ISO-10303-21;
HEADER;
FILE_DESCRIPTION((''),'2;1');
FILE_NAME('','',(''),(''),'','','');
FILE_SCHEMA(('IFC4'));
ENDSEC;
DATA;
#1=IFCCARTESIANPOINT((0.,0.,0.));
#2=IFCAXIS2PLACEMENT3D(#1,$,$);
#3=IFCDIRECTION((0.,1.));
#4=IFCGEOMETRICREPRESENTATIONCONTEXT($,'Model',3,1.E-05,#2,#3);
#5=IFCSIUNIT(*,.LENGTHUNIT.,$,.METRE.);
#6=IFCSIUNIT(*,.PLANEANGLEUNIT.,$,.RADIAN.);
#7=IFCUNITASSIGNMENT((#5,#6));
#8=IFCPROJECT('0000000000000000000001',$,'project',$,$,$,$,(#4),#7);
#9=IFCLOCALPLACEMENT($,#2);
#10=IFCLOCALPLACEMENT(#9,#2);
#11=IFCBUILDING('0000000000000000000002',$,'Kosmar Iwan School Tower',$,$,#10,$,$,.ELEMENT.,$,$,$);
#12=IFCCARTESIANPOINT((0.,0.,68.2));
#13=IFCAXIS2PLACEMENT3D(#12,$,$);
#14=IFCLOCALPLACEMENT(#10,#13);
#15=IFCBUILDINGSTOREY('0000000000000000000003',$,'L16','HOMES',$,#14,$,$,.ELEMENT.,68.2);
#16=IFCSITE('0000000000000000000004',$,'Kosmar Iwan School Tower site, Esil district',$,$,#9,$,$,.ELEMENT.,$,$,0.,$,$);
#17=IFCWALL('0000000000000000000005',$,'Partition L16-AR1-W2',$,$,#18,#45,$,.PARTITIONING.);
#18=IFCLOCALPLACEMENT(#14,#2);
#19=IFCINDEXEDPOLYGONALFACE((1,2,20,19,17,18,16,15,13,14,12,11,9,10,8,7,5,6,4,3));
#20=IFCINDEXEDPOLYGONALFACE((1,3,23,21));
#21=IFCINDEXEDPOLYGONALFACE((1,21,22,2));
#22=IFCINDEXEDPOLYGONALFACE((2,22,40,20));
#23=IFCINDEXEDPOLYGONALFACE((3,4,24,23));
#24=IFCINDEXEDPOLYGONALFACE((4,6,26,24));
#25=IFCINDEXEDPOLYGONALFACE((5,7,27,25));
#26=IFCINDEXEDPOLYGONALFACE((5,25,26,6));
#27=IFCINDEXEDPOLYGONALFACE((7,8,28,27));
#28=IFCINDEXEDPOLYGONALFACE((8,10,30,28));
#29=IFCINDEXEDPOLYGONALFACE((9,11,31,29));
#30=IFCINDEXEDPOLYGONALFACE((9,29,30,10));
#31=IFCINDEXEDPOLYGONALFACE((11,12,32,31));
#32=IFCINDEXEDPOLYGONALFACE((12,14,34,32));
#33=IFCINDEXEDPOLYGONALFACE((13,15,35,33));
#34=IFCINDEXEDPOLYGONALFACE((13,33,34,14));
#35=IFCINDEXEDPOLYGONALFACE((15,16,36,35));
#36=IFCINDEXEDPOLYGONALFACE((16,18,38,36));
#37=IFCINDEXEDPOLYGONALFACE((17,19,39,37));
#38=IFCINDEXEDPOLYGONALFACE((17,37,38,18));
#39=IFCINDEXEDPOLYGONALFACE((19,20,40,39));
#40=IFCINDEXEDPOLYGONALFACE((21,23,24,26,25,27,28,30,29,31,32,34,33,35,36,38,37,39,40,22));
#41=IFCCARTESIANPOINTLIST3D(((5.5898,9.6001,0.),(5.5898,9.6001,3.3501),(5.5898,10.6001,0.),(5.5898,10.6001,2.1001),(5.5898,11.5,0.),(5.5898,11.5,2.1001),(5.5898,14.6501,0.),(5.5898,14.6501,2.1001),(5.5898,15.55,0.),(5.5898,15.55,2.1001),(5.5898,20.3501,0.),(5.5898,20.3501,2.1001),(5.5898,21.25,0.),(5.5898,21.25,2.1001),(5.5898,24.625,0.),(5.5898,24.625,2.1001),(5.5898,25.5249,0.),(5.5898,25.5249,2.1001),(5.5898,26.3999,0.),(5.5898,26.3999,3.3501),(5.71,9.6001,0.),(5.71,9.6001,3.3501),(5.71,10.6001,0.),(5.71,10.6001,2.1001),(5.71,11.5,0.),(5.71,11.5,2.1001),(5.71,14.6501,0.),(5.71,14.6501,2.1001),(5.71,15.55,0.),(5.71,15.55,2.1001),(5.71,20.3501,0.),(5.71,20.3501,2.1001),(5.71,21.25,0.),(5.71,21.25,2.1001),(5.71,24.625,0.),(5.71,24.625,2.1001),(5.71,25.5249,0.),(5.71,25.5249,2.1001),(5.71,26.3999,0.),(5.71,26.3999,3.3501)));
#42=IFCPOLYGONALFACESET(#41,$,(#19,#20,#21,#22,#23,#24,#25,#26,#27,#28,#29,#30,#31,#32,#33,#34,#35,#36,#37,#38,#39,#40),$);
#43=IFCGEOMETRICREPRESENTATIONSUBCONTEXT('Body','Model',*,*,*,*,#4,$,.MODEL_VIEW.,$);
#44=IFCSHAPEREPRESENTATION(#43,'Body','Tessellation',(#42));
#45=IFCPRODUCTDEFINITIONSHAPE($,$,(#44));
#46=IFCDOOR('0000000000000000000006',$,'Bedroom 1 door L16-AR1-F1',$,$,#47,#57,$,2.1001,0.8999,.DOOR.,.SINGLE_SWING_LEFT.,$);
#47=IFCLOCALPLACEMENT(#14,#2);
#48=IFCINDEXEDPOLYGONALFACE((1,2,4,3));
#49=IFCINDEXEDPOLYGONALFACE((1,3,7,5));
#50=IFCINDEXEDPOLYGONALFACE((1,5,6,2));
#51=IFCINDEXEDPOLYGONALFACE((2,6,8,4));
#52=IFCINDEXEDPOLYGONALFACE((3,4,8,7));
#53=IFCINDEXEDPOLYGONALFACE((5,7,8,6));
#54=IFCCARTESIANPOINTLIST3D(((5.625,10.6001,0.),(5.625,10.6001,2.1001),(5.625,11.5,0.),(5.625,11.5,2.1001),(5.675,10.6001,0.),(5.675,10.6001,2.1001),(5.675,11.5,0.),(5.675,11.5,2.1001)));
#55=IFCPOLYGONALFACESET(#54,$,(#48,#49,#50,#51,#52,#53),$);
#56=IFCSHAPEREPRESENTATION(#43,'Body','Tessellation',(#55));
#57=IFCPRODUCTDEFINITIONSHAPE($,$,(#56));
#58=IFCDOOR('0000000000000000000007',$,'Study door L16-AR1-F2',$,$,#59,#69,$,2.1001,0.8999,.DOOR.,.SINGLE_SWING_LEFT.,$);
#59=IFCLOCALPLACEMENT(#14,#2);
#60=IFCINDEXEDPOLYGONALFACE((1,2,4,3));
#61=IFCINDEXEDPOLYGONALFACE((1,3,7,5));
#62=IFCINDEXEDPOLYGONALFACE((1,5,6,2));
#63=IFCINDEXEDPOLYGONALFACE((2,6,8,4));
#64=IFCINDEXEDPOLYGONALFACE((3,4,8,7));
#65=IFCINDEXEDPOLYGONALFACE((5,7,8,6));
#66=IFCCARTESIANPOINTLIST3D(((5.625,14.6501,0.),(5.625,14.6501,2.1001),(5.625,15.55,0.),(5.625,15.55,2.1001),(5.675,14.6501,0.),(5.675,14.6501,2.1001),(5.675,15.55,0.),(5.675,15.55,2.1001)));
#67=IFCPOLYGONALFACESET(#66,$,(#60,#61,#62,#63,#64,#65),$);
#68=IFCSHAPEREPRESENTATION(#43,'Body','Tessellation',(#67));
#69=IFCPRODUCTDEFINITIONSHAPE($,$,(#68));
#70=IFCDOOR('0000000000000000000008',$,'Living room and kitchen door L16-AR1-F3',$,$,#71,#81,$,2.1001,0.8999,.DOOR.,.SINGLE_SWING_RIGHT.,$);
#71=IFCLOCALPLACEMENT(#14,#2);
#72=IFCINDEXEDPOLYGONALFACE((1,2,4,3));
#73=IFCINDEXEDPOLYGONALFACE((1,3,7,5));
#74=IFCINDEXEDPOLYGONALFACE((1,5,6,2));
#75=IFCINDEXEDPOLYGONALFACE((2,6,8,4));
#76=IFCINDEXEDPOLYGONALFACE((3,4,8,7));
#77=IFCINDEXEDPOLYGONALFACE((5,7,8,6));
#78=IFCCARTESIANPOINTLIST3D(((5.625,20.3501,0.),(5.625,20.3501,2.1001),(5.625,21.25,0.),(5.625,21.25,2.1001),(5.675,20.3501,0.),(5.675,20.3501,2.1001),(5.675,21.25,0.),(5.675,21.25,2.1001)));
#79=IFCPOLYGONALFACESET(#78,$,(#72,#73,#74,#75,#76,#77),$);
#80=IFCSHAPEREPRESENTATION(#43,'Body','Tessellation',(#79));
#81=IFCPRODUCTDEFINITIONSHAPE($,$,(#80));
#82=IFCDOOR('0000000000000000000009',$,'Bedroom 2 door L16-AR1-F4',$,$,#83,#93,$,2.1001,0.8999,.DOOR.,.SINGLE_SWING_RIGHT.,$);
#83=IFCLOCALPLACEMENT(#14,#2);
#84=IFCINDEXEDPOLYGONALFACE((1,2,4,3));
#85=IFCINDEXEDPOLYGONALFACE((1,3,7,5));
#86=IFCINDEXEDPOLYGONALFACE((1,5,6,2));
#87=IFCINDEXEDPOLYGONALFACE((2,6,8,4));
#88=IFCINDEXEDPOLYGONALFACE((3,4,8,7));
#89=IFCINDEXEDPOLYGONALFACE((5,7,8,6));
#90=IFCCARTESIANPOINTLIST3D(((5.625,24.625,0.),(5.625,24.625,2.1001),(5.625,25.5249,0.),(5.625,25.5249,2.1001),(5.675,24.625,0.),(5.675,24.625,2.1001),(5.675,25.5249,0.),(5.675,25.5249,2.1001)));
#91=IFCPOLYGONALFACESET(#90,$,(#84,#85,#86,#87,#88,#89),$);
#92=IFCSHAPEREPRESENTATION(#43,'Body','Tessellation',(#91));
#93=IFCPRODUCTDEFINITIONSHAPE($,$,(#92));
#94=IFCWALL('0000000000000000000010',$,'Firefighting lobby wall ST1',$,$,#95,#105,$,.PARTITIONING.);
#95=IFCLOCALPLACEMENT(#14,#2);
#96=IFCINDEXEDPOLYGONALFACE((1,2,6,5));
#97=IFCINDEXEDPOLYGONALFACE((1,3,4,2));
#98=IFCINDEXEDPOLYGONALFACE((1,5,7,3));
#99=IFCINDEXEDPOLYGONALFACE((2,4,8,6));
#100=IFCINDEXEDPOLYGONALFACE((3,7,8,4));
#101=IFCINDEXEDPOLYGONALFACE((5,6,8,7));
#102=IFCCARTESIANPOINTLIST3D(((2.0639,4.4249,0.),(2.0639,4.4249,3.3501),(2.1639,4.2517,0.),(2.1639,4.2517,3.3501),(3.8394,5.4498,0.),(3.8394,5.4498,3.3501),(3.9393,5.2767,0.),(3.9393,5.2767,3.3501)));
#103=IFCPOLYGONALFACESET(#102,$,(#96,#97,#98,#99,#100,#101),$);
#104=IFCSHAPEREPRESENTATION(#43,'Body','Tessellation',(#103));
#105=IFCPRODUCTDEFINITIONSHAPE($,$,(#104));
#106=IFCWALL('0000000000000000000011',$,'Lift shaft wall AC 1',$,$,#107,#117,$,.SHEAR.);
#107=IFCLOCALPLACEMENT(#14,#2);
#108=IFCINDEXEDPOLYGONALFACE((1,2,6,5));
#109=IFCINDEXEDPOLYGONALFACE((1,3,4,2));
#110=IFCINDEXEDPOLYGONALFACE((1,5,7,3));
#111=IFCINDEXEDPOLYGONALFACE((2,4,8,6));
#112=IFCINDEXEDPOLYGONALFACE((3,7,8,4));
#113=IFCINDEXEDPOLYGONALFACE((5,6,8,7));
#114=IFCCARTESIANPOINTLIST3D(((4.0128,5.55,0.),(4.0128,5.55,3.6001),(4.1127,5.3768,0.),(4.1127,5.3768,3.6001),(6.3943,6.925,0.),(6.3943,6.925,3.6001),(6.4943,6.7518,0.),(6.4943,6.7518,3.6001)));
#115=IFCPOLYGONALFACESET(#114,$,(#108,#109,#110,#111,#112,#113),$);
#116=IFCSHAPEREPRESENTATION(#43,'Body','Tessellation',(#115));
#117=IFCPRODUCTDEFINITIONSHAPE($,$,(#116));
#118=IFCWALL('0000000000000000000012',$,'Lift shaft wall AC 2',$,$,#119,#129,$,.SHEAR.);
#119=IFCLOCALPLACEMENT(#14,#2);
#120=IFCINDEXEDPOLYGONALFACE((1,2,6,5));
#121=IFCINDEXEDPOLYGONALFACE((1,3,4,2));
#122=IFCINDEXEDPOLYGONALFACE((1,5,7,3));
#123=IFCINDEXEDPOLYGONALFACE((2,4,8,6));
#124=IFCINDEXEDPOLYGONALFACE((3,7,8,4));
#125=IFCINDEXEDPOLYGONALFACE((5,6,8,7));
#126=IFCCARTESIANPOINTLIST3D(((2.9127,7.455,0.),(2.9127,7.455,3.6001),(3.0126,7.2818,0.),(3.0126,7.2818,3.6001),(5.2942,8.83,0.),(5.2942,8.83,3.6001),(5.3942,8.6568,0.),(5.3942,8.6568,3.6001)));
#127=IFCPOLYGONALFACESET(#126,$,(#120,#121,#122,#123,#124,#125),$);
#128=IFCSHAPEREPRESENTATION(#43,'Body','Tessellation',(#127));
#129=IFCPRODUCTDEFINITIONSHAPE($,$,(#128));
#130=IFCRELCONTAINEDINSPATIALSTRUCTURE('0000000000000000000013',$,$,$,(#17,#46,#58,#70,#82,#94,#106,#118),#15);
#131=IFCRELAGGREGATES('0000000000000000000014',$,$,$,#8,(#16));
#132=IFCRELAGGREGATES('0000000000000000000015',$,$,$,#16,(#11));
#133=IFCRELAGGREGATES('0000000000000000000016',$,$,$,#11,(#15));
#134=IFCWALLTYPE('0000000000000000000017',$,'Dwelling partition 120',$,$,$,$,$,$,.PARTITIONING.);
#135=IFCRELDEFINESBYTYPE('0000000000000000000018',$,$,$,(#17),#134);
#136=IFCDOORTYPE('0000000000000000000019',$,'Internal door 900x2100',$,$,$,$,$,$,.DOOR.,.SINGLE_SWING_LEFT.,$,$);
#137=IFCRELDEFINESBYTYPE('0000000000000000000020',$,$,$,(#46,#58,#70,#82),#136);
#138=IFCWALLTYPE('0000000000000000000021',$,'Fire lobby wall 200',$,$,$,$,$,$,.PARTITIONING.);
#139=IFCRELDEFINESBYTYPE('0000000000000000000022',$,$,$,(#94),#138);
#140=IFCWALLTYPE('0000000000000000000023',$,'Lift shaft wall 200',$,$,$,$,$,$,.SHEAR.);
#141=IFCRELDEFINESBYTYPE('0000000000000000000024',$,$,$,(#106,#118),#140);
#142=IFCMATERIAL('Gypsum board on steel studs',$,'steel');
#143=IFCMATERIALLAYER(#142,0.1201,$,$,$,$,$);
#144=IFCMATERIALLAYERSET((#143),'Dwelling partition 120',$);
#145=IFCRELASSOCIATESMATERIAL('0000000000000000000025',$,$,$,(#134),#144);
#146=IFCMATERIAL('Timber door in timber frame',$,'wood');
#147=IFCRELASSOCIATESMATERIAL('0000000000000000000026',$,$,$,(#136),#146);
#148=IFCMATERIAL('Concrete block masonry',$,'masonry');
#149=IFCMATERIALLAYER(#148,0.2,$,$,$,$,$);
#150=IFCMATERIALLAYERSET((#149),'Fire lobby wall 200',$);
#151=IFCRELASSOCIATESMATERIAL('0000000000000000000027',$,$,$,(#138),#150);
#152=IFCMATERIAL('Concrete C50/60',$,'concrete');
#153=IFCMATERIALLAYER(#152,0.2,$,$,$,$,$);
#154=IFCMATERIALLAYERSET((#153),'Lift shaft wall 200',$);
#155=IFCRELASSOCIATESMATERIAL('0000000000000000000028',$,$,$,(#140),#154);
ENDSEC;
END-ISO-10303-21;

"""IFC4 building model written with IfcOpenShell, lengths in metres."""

from ifc_helpers import new_model, si_unit, direction, frame, frame_2d, origin, place, context, subcontext, project, spatial, rectangle, extrude, material, layer, layer_set, type_object, element, fill, save


model = new_model("IFC4")

# Units and contexts
model_context = context("Model", 3, precision=1e-05, world=origin(), true_north=direction((0.0, 1.0)))
body_context = subcontext(model_context, "Body", "Model", "MODEL_VIEW")
ifc_project = project(units=[si_unit("LENGTHUNIT", "METRE"), si_unit("PLANEANGLEUNIT", "RADIAN")], contexts=[model_context])

# Site, building, storey
site_placement = place(None, origin())
site = spatial("IfcSite", under=ifc_project, at=site_placement, Name="Kosmar Iwan School Tower site, Esil district", CompositionType="ELEMENT", RefElevation=0.0)
building_placement = place(site_placement, origin())
building = spatial("IfcBuilding", under=site, at=building_placement, Name="Kosmar Iwan School Tower", CompositionType="ELEMENT")
storey_placement = place(building_placement, frame((0.0, 0.0, 68.2)))
storey = spatial("IfcBuildingStorey", under=building, at=storey_placement, Name="L16", Description="HOMES", CompositionType="ELEMENT", Elevation=68.2)

# Wall, openings, doors
ifc_material_1 = material(Name="Gypsum board on steel studs", Category="steel")
ifc_layer_1 = layer(ifc_material_1, 0.1201)
ifc_layer_set_1 = layer_set([ifc_layer_1], Name="Dwelling partition 120")
wall_type_1 = type_object("IfcWallType", Name="Dwelling partition 120", PredefinedType="PARTITIONING", material=ifc_layer_set_1)
ifc_material_2 = material(Name="Timber door in timber frame", Category="wood")
door_type_1 = type_object("IfcDoorType", Name="Internal door 900x2100", OperationType="SINGLE_SWING_LEFT", PredefinedType="DOOR", material=ifc_material_2)
wall_1_placement = place(storey_placement, frame((5.6499, 9.6001, 0.0), z_axis=(0.0, 0.0, 1.0), x_axis=(0.0, 1.0, 0.0)))
wall_1 = element("IfcWall", 1, at=wall_1_placement, inside=storey, type_object=wall_type_1, Name="Partition L16-AR1-W2", PredefinedType="PARTITIONING", context=body_context, shape_type="SweptSolid", body=[
    extrude(rectangle(XDim=16.7998, YDim=0.1201, at=frame_2d((8.3999, 0.0))), origin(), (0.0, 0.0, 1.0), 3.3501),
])
opening_1_placement = place(wall_1_placement, frame((1.0, 0.0, 0.0)))
opening_1 = element("IfcOpeningElement", 2, at=opening_1_placement, cuts=wall_1, PredefinedType="OPENING", context=body_context, shape_type="SweptSolid", body=[
    extrude(rectangle(XDim=0.8999, YDim=2.1001, at=frame_2d((0.45, 1.05))), frame((0.0, 0.072, 0.0), z_axis=(0.0, -1.0, 0.0), x_axis=(1.0, 0.0, 0.0)), (0.0, 0.0, 1.0), 0.144),
])
opening_2_placement = place(wall_1_placement, frame((5.05, 0.0, 0.0)))
opening_2 = element("IfcOpeningElement", 3, at=opening_2_placement, cuts=wall_1, PredefinedType="OPENING", context=body_context, shape_type="SweptSolid", body=[
    extrude(rectangle(XDim=0.8999, YDim=2.1001, at=frame_2d((0.45, 1.05))), frame((0.0, 0.072, 0.0), z_axis=(0.0, -1.0, 0.0), x_axis=(1.0, 0.0, 0.0)), (0.0, 0.0, 1.0), 0.144),
])
opening_3_placement = place(wall_1_placement, frame((10.75, 0.0, 0.0)))
opening_3 = element("IfcOpeningElement", 4, at=opening_3_placement, cuts=wall_1, PredefinedType="OPENING", context=body_context, shape_type="SweptSolid", body=[
    extrude(rectangle(XDim=0.8999, YDim=2.1001, at=frame_2d((0.45, 1.05))), frame((0.0, 0.072, 0.0), z_axis=(0.0, -1.0, 0.0), x_axis=(1.0, 0.0, 0.0)), (0.0, 0.0, 1.0), 0.144),
])
opening_4_placement = place(wall_1_placement, frame((15.0249, 0.0, 0.0)))
opening_4 = element("IfcOpeningElement", 5, at=opening_4_placement, cuts=wall_1, PredefinedType="OPENING", context=body_context, shape_type="SweptSolid", body=[
    extrude(rectangle(XDim=0.8999, YDim=2.1001, at=frame_2d((0.45, 1.05))), frame((0.0, 0.072, 0.0), z_axis=(0.0, -1.0, 0.0), x_axis=(1.0, 0.0, 0.0)), (0.0, 0.0, 1.0), 0.144),
])
door_1_placement = place(opening_1_placement, origin())
door_1 = element("IfcDoor", 6, at=door_1_placement, inside=storey, type_object=door_type_1, Name="Bedroom 1 door L16-AR1-F1", OperationType="SINGLE_SWING_LEFT", OverallHeight=2.1001, OverallWidth=0.8999, PredefinedType="DOOR", context=body_context, shape_type="SweptSolid", body=[
    extrude(rectangle(XDim=0.8999, YDim=2.1001, at=frame_2d((0.45, 1.05))), frame((0.0, 0.0249, 0.0), z_axis=(0.0, -1.0, 0.0), x_axis=(1.0, 0.0, 0.0)), (0.0, 0.0, 1.0), 0.05),
])
fill(opening_1, door_1)
door_2_placement = place(opening_2_placement, origin())
door_2 = element("IfcDoor", 7, at=door_2_placement, inside=storey, type_object=door_type_1, Name="Study door L16-AR1-F2", OperationType="SINGLE_SWING_LEFT", OverallHeight=2.1001, OverallWidth=0.8999, PredefinedType="DOOR", context=body_context, shape_type="SweptSolid", body=[
    extrude(rectangle(XDim=0.8999, YDim=2.1001, at=frame_2d((0.45, 1.05))), frame((0.0, 0.0249, 0.0), z_axis=(0.0, -1.0, 0.0), x_axis=(1.0, 0.0, 0.0)), (0.0, 0.0, 1.0), 0.05),
])
fill(opening_2, door_2)
door_3_placement = place(opening_3_placement, origin())
door_3 = element("IfcDoor", 8, at=door_3_placement, inside=storey, type_object=door_type_1, Name="Living room and kitchen door L16-AR1-F3", OperationType="SINGLE_SWING_RIGHT", OverallHeight=2.1001, OverallWidth=0.8999, PredefinedType="DOOR", context=body_context, shape_type="SweptSolid", body=[
    extrude(rectangle(XDim=0.8999, YDim=2.1001, at=frame_2d((0.45, 1.05))), frame((0.0, 0.0249, 0.0), z_axis=(0.0, -1.0, 0.0), x_axis=(1.0, 0.0, 0.0)), (0.0, 0.0, 1.0), 0.05),
])
fill(opening_3, door_3)
door_4_placement = place(opening_4_placement, origin())
door_4 = element("IfcDoor", 9, at=door_4_placement, inside=storey, type_object=door_type_1, Name="Bedroom 2 door L16-AR1-F4", OperationType="SINGLE_SWING_RIGHT", OverallHeight=2.1001, OverallWidth=0.8999, PredefinedType="DOOR", context=body_context, shape_type="SweptSolid", body=[
    extrude(rectangle(XDim=0.8999, YDim=2.1001, at=frame_2d((0.45, 1.05))), frame((0.0, 0.0249, 0.0), z_axis=(0.0, -1.0, 0.0), x_axis=(1.0, 0.0, 0.0)), (0.0, 0.0, 1.0), 0.05),
])
fill(opening_4, door_4)

# Walls
ifc_material_3 = material(Name="Concrete block masonry", Category="masonry")
ifc_layer_2 = layer(ifc_material_3, 0.2)
ifc_layer_set_2 = layer_set([ifc_layer_2], Name="Fire lobby wall 200")
wall_type_2 = type_object("IfcWallType", Name="Fire lobby wall 200", PredefinedType="PARTITIONING", material=ifc_layer_set_2)
wall_2_placement = place(storey_placement, frame((2.114, 4.3384, 0.0), z_axis=(0.0, 0.0, 1.0), x_axis=(0.866051, 0.499956, 0.0)))
element("IfcWall", 10, at=wall_2_placement, inside=storey, type_object=wall_type_2, Name="Firefighting lobby wall ST1", PredefinedType="PARTITIONING", context=body_context, shape_type="SweptSolid", body=[
    extrude(rectangle(XDim=2.05, YDim=0.2, at=frame_2d((1.0249, 0.0))), origin(), (0.0, 0.0, 1.0), 3.3501),
])
ifc_material_4 = material(Name="Concrete C50/60", Category="concrete")
ifc_layer_3 = layer(ifc_material_4, 0.2)
ifc_layer_set_3 = layer_set([ifc_layer_3], Name="Lift shaft wall 200")
wall_type_3 = type_object("IfcWallType", Name="Lift shaft wall 200", PredefinedType="SHEAR", material=ifc_layer_set_3)
for number, where, z_axis, x_axis, name in (
    (11, (4.0627, 5.4634, 0.0), (0.0, 0.0, 1.0), (0.866027, 0.499997, 0.0), "Lift shaft wall AC 1"),
    (12, (2.9626, 7.3684, 0.0), (0.0, 0.0, 1.0), (0.866027, 0.499997, 0.0), "Lift shaft wall AC 2"),
):
    element("IfcWall", number, at=place(storey_placement, frame(where, z_axis=z_axis, x_axis=x_axis)), inside=storey, type_object=wall_type_3, Name=name, PredefinedType="SHEAR", context=body_context, shape_type="SweptSolid", body=[
        extrude(rectangle(XDim=2.75, YDim=0.2, at=frame_2d((1.375, 0.0))), origin(), (0.0, 0.0, 1.0), 3.6001),
    ])

save(model, "model.ifc")
